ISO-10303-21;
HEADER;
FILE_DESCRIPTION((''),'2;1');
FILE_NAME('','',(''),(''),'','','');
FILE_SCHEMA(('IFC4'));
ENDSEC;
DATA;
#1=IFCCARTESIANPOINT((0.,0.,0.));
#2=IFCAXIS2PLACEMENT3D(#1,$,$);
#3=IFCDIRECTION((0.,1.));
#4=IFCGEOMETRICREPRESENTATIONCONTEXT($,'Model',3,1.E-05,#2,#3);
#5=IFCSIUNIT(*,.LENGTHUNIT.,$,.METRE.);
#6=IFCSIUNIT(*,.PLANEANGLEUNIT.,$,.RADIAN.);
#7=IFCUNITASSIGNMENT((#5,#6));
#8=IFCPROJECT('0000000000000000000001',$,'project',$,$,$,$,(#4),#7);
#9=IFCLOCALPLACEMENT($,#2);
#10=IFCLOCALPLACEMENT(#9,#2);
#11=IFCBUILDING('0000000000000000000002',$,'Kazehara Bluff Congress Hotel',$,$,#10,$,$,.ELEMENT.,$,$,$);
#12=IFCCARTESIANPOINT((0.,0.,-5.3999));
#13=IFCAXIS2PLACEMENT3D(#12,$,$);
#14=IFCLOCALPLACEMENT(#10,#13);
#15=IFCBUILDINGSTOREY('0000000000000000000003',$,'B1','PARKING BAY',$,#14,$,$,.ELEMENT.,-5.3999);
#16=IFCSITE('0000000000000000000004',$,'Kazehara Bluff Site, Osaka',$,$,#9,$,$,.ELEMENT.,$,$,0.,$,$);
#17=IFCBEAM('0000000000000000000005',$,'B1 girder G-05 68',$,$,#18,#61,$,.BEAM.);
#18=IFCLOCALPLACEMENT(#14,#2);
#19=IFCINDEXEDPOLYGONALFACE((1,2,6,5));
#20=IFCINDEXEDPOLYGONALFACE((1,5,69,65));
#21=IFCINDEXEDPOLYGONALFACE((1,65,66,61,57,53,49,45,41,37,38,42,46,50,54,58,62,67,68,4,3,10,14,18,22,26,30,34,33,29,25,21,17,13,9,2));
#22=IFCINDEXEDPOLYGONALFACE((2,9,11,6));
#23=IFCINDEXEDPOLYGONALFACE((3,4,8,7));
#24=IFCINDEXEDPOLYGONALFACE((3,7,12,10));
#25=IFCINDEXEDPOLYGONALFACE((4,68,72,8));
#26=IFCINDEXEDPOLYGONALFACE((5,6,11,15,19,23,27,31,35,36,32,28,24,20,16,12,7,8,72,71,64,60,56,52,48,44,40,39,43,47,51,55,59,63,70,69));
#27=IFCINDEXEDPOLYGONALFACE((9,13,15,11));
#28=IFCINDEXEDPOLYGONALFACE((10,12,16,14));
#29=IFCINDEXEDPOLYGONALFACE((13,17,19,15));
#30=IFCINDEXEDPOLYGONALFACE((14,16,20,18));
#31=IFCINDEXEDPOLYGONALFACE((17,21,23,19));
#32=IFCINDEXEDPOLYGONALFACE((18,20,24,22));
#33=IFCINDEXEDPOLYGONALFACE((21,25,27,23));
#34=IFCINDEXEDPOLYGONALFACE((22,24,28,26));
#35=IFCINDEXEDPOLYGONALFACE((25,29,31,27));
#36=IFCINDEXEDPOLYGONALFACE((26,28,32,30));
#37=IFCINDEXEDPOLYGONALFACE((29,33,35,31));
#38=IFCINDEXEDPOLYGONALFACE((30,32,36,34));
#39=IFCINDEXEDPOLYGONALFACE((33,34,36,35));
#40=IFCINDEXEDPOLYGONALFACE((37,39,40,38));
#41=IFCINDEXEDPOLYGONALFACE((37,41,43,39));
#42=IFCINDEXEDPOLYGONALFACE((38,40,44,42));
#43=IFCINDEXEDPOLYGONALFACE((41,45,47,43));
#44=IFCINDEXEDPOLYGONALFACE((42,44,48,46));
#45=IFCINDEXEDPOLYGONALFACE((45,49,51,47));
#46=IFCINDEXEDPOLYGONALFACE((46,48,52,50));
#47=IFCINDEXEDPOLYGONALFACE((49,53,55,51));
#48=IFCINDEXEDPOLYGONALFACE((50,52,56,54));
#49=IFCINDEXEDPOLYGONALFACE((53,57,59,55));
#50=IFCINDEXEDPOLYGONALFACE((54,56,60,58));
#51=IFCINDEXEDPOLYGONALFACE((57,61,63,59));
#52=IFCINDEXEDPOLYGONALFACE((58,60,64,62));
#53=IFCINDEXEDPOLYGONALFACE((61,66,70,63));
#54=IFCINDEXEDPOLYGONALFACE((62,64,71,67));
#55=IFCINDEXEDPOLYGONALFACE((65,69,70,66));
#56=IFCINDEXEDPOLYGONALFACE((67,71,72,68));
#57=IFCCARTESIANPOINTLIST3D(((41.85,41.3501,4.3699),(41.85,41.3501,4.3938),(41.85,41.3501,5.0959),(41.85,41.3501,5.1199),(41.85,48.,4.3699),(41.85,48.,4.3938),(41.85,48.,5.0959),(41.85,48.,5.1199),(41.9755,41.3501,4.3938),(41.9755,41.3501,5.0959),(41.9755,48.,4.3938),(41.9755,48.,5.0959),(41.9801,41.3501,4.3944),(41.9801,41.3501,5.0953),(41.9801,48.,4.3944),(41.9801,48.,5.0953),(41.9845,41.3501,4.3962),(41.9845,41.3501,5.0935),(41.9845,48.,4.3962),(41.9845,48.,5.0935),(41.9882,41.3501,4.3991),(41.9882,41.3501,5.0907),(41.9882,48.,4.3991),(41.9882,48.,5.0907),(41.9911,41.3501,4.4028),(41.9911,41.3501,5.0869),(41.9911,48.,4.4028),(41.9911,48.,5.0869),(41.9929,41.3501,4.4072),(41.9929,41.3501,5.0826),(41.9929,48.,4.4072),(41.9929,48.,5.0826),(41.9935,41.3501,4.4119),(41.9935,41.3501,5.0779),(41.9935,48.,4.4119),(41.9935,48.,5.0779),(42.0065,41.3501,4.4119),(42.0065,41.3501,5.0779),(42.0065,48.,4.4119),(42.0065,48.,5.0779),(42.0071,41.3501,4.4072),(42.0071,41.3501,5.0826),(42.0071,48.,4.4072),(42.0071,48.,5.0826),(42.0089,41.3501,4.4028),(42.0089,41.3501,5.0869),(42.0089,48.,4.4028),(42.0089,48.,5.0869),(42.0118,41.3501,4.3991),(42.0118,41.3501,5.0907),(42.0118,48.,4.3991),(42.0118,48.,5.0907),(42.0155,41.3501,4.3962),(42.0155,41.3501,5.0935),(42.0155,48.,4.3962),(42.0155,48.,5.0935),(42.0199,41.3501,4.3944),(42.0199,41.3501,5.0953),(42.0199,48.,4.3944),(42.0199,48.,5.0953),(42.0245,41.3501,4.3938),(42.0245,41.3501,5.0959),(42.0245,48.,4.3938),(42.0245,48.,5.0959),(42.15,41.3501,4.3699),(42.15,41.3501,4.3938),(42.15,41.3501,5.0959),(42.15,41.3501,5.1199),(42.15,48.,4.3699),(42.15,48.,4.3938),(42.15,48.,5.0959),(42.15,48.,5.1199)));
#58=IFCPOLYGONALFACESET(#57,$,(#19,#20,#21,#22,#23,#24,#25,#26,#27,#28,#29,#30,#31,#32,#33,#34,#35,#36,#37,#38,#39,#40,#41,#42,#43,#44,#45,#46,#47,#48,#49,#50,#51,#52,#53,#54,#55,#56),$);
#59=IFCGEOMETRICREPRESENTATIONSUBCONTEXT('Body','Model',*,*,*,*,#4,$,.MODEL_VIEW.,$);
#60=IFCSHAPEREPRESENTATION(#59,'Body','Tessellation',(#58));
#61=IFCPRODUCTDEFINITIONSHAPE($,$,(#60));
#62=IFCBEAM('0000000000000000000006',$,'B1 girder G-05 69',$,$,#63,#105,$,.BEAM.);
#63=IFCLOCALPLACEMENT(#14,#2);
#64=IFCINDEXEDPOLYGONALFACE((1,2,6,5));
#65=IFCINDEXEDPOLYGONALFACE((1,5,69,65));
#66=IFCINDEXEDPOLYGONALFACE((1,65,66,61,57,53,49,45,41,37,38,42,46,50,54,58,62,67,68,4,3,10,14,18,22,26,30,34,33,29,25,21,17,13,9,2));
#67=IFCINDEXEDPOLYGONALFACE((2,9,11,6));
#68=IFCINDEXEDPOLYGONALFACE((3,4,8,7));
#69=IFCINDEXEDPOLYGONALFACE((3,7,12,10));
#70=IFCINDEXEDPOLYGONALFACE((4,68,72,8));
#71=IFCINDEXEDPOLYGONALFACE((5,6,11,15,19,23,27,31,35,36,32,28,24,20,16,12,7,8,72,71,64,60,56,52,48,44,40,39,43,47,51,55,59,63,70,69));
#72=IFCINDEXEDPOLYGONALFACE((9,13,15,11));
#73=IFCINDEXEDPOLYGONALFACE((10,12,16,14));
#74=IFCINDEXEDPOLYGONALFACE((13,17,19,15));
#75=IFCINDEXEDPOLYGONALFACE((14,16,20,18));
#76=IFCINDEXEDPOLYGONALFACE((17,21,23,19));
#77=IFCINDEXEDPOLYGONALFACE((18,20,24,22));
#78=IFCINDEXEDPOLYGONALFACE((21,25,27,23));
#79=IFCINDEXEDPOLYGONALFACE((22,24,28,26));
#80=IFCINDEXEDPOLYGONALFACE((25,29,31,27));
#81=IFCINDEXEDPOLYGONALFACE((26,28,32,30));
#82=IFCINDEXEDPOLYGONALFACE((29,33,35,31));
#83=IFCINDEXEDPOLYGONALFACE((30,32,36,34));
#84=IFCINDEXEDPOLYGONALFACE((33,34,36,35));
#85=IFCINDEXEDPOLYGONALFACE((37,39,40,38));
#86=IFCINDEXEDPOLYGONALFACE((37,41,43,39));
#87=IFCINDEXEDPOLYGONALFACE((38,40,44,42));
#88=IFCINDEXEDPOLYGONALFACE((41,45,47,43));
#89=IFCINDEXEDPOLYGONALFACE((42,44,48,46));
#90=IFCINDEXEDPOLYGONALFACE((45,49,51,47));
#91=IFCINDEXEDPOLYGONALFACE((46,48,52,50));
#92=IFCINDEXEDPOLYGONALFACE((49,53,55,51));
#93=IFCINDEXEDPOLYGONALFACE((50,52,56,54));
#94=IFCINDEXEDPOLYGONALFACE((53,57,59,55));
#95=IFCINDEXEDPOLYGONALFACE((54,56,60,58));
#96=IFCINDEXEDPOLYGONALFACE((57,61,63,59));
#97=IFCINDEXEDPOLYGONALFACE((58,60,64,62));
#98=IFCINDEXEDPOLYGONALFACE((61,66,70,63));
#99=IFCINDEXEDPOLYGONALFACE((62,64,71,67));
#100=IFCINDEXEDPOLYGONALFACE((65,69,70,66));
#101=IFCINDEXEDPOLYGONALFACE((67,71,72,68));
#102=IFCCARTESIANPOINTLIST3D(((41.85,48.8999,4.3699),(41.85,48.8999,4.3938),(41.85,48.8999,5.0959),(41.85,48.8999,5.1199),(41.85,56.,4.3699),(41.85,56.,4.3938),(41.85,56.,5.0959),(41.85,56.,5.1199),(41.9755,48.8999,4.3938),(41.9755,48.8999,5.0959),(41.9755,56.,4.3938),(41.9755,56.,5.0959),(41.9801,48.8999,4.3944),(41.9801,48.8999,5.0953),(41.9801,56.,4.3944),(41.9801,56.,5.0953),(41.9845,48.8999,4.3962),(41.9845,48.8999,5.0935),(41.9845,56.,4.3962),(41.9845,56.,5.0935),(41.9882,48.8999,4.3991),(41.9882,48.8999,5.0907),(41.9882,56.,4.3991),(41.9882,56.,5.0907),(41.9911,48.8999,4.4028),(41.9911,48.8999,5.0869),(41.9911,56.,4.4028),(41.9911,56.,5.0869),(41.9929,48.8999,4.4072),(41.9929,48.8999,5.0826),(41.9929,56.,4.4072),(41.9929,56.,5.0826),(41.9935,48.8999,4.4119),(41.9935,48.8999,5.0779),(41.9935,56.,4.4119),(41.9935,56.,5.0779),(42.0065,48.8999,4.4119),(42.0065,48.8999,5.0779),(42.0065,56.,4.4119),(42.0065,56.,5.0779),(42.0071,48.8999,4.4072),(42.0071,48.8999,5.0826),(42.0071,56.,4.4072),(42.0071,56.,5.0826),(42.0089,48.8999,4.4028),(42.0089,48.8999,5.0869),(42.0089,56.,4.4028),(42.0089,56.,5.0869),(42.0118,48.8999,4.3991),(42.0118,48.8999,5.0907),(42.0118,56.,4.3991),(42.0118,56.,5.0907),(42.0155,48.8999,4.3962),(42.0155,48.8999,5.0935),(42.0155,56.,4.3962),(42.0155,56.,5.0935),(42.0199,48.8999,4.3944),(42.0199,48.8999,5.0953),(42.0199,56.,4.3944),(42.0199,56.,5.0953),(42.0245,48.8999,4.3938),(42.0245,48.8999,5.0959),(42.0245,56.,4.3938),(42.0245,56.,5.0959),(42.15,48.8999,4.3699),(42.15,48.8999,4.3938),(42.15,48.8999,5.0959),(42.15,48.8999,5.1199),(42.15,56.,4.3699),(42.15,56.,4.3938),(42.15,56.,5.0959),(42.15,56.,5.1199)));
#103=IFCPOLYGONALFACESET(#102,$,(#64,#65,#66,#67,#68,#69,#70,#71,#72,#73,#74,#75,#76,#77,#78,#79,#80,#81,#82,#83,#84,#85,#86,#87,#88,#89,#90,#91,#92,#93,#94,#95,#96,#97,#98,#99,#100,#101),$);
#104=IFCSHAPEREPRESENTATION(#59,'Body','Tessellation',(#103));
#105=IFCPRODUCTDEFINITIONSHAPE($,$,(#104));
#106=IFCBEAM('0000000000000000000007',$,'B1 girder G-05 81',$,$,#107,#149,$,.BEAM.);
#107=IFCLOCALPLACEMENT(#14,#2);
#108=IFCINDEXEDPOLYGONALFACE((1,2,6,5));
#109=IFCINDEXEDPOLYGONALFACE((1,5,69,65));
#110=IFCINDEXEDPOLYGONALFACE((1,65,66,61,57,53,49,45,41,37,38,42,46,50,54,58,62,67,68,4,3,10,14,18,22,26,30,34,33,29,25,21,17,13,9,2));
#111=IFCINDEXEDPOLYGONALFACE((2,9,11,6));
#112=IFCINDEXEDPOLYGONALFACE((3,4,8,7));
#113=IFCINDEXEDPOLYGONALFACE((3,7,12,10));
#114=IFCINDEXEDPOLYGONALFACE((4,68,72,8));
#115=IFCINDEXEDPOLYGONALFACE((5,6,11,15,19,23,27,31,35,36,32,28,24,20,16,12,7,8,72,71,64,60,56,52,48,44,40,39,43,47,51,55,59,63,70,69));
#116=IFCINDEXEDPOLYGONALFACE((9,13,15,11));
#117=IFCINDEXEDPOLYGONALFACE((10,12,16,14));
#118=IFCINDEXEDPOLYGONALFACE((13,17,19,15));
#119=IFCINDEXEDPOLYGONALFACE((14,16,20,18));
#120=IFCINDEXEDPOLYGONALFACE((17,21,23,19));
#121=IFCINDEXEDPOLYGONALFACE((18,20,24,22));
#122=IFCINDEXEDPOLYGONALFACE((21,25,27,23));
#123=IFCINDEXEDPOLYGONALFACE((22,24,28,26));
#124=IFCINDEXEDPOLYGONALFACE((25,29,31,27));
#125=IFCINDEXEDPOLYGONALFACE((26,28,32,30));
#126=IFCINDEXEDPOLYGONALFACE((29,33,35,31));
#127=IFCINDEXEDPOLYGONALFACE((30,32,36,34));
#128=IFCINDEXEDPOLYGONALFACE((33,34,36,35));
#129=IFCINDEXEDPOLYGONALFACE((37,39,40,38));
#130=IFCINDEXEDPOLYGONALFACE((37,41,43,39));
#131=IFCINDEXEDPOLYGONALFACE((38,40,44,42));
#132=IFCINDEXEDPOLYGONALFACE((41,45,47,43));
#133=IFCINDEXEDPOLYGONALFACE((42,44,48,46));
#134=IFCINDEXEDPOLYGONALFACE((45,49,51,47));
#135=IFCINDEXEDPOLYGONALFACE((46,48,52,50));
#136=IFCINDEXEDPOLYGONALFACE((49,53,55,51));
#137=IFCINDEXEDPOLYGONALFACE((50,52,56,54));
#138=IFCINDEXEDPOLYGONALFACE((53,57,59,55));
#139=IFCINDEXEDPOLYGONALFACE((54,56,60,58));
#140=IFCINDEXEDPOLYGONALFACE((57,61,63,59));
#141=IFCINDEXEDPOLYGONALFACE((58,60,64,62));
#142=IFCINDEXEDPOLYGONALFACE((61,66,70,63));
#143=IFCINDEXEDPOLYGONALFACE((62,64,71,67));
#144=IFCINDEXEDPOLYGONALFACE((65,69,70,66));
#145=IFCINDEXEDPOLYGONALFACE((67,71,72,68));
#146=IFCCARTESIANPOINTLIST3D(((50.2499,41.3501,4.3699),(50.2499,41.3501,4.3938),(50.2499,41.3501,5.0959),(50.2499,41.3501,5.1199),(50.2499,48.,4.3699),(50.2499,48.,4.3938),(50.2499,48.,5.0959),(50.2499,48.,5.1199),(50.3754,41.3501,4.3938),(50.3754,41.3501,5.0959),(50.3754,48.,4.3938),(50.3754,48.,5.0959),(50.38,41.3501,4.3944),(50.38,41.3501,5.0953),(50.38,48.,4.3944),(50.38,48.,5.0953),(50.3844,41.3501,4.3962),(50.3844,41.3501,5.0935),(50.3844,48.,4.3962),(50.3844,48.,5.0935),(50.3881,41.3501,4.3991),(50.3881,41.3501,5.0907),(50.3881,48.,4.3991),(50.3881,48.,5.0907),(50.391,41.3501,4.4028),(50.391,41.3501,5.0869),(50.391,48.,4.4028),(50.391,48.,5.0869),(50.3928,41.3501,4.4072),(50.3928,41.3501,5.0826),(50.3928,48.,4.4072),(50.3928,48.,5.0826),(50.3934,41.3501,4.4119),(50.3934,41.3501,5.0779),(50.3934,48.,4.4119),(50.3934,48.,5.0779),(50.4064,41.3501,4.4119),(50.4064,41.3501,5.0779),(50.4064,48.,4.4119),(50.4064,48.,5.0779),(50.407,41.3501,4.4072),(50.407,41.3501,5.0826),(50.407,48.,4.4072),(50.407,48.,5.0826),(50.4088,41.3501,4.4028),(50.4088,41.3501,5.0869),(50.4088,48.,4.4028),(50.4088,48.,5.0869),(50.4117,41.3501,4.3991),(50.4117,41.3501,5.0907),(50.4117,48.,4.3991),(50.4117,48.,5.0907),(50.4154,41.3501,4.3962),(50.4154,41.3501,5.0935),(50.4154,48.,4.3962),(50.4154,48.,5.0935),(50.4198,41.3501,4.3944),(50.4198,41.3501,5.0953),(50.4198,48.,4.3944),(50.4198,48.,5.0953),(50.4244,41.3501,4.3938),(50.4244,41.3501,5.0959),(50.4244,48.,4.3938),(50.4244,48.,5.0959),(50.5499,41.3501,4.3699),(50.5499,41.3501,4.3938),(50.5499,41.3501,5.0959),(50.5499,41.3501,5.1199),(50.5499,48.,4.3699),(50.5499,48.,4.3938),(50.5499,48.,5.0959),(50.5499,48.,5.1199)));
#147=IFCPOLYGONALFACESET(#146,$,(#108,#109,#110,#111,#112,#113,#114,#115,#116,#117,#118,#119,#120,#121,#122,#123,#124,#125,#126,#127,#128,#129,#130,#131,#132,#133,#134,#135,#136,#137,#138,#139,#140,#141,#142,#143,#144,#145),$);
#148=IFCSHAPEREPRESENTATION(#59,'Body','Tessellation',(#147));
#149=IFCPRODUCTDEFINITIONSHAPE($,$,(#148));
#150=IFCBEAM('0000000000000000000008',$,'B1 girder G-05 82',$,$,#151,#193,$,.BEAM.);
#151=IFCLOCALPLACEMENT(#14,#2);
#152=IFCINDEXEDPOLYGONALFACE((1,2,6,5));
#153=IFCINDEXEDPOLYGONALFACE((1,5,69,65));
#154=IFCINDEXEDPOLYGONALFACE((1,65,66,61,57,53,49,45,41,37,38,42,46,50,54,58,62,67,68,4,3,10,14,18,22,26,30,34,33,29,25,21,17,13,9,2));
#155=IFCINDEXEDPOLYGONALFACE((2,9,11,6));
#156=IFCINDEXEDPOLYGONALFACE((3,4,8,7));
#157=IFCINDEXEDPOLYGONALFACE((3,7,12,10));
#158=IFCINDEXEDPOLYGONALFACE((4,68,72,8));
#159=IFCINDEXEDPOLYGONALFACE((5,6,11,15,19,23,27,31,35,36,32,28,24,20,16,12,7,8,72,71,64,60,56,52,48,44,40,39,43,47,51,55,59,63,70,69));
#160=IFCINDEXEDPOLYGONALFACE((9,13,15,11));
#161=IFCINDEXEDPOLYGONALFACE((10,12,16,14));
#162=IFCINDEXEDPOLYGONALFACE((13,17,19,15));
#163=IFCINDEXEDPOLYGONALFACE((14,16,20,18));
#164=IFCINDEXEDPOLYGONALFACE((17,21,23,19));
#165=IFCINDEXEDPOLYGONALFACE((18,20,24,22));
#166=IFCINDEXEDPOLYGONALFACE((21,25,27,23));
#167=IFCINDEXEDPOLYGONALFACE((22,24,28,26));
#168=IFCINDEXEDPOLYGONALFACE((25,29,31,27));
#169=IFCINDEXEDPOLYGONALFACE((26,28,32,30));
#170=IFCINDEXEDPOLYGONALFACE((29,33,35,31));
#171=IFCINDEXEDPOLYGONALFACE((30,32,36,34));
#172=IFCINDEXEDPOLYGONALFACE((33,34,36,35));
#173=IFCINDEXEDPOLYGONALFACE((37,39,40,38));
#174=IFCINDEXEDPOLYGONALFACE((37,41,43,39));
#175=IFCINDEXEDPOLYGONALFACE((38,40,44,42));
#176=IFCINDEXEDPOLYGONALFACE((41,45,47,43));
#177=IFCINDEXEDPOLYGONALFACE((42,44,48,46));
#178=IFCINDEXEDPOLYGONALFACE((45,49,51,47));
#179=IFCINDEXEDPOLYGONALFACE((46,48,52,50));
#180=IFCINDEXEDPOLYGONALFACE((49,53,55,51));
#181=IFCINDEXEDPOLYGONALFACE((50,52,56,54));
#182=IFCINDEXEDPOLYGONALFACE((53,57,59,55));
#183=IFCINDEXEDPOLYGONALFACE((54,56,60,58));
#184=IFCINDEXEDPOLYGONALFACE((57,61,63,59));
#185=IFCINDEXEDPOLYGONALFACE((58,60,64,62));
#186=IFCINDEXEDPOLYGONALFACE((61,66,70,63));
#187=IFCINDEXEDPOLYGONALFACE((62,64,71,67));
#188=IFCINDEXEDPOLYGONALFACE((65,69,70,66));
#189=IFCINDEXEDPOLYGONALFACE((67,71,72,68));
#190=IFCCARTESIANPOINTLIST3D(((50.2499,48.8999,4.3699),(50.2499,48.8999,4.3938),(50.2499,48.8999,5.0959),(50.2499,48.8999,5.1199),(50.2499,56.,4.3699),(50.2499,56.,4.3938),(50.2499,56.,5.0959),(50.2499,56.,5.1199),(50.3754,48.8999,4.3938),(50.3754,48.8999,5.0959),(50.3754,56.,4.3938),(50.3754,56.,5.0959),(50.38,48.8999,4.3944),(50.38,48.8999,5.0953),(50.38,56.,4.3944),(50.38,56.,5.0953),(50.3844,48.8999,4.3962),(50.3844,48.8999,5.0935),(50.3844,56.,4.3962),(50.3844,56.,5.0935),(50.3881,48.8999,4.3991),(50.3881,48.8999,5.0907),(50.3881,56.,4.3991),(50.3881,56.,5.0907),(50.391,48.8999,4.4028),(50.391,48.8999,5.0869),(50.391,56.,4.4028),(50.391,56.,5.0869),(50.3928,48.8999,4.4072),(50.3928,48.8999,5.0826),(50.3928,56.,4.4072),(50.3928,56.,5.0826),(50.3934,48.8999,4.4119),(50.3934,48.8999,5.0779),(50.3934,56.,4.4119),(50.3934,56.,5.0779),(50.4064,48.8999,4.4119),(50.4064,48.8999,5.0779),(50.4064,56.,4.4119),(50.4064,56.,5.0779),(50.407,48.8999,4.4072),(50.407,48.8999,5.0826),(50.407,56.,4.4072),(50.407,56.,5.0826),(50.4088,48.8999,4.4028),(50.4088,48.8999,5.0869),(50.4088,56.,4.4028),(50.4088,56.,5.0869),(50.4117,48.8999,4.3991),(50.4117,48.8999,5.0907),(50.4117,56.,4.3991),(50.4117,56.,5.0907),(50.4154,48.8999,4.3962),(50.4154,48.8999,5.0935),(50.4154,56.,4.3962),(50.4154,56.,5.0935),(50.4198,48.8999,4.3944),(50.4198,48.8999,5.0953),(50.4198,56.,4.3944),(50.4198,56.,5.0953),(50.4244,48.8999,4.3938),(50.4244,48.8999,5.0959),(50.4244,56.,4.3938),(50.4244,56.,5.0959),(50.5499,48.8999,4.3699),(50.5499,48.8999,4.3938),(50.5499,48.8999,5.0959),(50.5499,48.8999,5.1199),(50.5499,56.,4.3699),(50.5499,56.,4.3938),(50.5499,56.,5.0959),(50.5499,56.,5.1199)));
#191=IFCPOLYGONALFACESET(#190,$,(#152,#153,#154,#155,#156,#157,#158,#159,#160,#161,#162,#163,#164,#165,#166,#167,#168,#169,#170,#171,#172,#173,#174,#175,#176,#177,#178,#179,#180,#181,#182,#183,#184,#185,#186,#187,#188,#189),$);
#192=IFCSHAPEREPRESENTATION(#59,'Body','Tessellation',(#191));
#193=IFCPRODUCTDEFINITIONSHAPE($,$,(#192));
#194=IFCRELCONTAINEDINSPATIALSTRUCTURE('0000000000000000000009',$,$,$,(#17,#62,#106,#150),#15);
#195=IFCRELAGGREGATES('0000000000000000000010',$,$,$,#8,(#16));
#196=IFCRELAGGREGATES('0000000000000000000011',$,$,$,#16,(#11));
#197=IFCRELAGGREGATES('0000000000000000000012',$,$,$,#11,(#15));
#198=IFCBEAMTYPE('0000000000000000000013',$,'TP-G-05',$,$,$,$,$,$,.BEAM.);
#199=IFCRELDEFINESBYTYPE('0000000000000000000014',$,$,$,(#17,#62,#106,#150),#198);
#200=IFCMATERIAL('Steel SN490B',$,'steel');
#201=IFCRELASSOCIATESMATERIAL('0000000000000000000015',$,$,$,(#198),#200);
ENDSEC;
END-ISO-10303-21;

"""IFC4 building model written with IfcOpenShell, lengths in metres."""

from ifc_helpers import new_model, si_unit, direction, frame, origin, origin_2d, place, context, subcontext, project, spatial, i_section, extrude, material, material_profile, profile_set, type_object, element, save


model = new_model("IFC4")

# Units and contexts
model_context = context("Model", 3, precision=1e-05, world=origin(), true_north=direction((0.0, 1.0)))
body_context = subcontext(model_context, "Body", "Model", "MODEL_VIEW")
ifc_project = project(units=[si_unit("LENGTHUNIT", "METRE"), si_unit("PLANEANGLEUNIT", "RADIAN")], contexts=[model_context])

# Site, building, storey
site_placement = place(None, origin())
site = spatial("IfcSite", under=ifc_project, at=site_placement, Name="Kazehara Bluff Site, Osaka", CompositionType="ELEMENT", RefElevation=0.0)
building_placement = place(site_placement, origin())
building = spatial("IfcBuilding", under=site, at=building_placement, Name="Kazehara Bluff Congress Hotel", CompositionType="ELEMENT")
storey_placement = place(building_placement, frame((0.0, 0.0, -5.3999)))
storey = spatial("IfcBuildingStorey", under=building, at=storey_placement, Name="B1", Description="PARKING BAY", CompositionType="ELEMENT", Elevation=-5.3999)

# Beams
ifc_material_1 = material(Name="Steel SN490B", Category="steel")
ifc_material_profile_1 = material_profile(ifc_material_1, i_section(OverallWidth=0.3, OverallDepth=0.75, WebThickness=0.0129, FlangeThickness=0.0239, FilletRadius=0.0181, at=origin_2d()))
ifc_profile_set_1 = profile_set([ifc_material_profile_1], Name="Steel SN490B")
beam_type_1 = type_object("IfcBeamType", Name="TP-G-05", PredefinedType="BEAM", material=ifc_profile_set_1)
beam_1_placement = place(storey_placement, frame((42.0, 41.3501, 4.7449), z_axis=(0.0, 1.0, 0.0), x_axis=(-1.0, 0.0, 0.0)))
element("IfcBeam", 1, at=beam_1_placement, inside=storey, type_object=beam_type_1, Name="B1 girder G-05 68", PredefinedType="BEAM", context=body_context, shape_type="SweptSolid", body=[
    extrude(i_section(OverallWidth=0.3, OverallDepth=0.75, WebThickness=0.0129, FlangeThickness=0.0239, FilletRadius=0.0181, at=origin_2d()), origin(), (0.0, 0.0, 1.0), 6.6499),
])
beam_2_placement = place(storey_placement, frame((42.0, 48.8999, 4.7449), z_axis=(0.0, 1.0, 0.0), x_axis=(-1.0, 0.0, 0.0)))
element("IfcBeam", 2, at=beam_2_placement, inside=storey, type_object=beam_type_1, Name="B1 girder G-05 69", PredefinedType="BEAM", context=body_context, shape_type="SweptSolid", body=[
    extrude(i_section(OverallWidth=0.3, OverallDepth=0.75, WebThickness=0.0129, FlangeThickness=0.0239, FilletRadius=0.0181, at=origin_2d()), origin(), (0.0, 0.0, 1.0), 7.1001),
])
beam_3_placement = place(storey_placement, frame((50.3999, 41.3501, 4.7449), z_axis=(0.0, 1.0, 0.0), x_axis=(-1.0, 0.0, 0.0)))
element("IfcBeam", 3, at=beam_3_placement, inside=storey, type_object=beam_type_1, Name="B1 girder G-05 81", PredefinedType="BEAM", context=body_context, shape_type="SweptSolid", body=[
    extrude(i_section(OverallWidth=0.3, OverallDepth=0.75, WebThickness=0.0129, FlangeThickness=0.0239, FilletRadius=0.0181, at=origin_2d()), origin(), (0.0, 0.0, 1.0), 6.6499),
])
beam_4_placement = place(storey_placement, frame((50.3999, 48.8999, 4.7449), z_axis=(0.0, 1.0, 0.0), x_axis=(-1.0, 0.0, 0.0)))
element("IfcBeam", 4, at=beam_4_placement, inside=storey, type_object=beam_type_1, Name="B1 girder G-05 82", PredefinedType="BEAM", context=body_context, shape_type="SweptSolid", body=[
    extrude(i_section(OverallWidth=0.3, OverallDepth=0.75, WebThickness=0.0129, FlangeThickness=0.0239, FilletRadius=0.0181, at=origin_2d()), origin(), (0.0, 0.0, 1.0), 7.1001),
])

save(model, "model.ifc")
